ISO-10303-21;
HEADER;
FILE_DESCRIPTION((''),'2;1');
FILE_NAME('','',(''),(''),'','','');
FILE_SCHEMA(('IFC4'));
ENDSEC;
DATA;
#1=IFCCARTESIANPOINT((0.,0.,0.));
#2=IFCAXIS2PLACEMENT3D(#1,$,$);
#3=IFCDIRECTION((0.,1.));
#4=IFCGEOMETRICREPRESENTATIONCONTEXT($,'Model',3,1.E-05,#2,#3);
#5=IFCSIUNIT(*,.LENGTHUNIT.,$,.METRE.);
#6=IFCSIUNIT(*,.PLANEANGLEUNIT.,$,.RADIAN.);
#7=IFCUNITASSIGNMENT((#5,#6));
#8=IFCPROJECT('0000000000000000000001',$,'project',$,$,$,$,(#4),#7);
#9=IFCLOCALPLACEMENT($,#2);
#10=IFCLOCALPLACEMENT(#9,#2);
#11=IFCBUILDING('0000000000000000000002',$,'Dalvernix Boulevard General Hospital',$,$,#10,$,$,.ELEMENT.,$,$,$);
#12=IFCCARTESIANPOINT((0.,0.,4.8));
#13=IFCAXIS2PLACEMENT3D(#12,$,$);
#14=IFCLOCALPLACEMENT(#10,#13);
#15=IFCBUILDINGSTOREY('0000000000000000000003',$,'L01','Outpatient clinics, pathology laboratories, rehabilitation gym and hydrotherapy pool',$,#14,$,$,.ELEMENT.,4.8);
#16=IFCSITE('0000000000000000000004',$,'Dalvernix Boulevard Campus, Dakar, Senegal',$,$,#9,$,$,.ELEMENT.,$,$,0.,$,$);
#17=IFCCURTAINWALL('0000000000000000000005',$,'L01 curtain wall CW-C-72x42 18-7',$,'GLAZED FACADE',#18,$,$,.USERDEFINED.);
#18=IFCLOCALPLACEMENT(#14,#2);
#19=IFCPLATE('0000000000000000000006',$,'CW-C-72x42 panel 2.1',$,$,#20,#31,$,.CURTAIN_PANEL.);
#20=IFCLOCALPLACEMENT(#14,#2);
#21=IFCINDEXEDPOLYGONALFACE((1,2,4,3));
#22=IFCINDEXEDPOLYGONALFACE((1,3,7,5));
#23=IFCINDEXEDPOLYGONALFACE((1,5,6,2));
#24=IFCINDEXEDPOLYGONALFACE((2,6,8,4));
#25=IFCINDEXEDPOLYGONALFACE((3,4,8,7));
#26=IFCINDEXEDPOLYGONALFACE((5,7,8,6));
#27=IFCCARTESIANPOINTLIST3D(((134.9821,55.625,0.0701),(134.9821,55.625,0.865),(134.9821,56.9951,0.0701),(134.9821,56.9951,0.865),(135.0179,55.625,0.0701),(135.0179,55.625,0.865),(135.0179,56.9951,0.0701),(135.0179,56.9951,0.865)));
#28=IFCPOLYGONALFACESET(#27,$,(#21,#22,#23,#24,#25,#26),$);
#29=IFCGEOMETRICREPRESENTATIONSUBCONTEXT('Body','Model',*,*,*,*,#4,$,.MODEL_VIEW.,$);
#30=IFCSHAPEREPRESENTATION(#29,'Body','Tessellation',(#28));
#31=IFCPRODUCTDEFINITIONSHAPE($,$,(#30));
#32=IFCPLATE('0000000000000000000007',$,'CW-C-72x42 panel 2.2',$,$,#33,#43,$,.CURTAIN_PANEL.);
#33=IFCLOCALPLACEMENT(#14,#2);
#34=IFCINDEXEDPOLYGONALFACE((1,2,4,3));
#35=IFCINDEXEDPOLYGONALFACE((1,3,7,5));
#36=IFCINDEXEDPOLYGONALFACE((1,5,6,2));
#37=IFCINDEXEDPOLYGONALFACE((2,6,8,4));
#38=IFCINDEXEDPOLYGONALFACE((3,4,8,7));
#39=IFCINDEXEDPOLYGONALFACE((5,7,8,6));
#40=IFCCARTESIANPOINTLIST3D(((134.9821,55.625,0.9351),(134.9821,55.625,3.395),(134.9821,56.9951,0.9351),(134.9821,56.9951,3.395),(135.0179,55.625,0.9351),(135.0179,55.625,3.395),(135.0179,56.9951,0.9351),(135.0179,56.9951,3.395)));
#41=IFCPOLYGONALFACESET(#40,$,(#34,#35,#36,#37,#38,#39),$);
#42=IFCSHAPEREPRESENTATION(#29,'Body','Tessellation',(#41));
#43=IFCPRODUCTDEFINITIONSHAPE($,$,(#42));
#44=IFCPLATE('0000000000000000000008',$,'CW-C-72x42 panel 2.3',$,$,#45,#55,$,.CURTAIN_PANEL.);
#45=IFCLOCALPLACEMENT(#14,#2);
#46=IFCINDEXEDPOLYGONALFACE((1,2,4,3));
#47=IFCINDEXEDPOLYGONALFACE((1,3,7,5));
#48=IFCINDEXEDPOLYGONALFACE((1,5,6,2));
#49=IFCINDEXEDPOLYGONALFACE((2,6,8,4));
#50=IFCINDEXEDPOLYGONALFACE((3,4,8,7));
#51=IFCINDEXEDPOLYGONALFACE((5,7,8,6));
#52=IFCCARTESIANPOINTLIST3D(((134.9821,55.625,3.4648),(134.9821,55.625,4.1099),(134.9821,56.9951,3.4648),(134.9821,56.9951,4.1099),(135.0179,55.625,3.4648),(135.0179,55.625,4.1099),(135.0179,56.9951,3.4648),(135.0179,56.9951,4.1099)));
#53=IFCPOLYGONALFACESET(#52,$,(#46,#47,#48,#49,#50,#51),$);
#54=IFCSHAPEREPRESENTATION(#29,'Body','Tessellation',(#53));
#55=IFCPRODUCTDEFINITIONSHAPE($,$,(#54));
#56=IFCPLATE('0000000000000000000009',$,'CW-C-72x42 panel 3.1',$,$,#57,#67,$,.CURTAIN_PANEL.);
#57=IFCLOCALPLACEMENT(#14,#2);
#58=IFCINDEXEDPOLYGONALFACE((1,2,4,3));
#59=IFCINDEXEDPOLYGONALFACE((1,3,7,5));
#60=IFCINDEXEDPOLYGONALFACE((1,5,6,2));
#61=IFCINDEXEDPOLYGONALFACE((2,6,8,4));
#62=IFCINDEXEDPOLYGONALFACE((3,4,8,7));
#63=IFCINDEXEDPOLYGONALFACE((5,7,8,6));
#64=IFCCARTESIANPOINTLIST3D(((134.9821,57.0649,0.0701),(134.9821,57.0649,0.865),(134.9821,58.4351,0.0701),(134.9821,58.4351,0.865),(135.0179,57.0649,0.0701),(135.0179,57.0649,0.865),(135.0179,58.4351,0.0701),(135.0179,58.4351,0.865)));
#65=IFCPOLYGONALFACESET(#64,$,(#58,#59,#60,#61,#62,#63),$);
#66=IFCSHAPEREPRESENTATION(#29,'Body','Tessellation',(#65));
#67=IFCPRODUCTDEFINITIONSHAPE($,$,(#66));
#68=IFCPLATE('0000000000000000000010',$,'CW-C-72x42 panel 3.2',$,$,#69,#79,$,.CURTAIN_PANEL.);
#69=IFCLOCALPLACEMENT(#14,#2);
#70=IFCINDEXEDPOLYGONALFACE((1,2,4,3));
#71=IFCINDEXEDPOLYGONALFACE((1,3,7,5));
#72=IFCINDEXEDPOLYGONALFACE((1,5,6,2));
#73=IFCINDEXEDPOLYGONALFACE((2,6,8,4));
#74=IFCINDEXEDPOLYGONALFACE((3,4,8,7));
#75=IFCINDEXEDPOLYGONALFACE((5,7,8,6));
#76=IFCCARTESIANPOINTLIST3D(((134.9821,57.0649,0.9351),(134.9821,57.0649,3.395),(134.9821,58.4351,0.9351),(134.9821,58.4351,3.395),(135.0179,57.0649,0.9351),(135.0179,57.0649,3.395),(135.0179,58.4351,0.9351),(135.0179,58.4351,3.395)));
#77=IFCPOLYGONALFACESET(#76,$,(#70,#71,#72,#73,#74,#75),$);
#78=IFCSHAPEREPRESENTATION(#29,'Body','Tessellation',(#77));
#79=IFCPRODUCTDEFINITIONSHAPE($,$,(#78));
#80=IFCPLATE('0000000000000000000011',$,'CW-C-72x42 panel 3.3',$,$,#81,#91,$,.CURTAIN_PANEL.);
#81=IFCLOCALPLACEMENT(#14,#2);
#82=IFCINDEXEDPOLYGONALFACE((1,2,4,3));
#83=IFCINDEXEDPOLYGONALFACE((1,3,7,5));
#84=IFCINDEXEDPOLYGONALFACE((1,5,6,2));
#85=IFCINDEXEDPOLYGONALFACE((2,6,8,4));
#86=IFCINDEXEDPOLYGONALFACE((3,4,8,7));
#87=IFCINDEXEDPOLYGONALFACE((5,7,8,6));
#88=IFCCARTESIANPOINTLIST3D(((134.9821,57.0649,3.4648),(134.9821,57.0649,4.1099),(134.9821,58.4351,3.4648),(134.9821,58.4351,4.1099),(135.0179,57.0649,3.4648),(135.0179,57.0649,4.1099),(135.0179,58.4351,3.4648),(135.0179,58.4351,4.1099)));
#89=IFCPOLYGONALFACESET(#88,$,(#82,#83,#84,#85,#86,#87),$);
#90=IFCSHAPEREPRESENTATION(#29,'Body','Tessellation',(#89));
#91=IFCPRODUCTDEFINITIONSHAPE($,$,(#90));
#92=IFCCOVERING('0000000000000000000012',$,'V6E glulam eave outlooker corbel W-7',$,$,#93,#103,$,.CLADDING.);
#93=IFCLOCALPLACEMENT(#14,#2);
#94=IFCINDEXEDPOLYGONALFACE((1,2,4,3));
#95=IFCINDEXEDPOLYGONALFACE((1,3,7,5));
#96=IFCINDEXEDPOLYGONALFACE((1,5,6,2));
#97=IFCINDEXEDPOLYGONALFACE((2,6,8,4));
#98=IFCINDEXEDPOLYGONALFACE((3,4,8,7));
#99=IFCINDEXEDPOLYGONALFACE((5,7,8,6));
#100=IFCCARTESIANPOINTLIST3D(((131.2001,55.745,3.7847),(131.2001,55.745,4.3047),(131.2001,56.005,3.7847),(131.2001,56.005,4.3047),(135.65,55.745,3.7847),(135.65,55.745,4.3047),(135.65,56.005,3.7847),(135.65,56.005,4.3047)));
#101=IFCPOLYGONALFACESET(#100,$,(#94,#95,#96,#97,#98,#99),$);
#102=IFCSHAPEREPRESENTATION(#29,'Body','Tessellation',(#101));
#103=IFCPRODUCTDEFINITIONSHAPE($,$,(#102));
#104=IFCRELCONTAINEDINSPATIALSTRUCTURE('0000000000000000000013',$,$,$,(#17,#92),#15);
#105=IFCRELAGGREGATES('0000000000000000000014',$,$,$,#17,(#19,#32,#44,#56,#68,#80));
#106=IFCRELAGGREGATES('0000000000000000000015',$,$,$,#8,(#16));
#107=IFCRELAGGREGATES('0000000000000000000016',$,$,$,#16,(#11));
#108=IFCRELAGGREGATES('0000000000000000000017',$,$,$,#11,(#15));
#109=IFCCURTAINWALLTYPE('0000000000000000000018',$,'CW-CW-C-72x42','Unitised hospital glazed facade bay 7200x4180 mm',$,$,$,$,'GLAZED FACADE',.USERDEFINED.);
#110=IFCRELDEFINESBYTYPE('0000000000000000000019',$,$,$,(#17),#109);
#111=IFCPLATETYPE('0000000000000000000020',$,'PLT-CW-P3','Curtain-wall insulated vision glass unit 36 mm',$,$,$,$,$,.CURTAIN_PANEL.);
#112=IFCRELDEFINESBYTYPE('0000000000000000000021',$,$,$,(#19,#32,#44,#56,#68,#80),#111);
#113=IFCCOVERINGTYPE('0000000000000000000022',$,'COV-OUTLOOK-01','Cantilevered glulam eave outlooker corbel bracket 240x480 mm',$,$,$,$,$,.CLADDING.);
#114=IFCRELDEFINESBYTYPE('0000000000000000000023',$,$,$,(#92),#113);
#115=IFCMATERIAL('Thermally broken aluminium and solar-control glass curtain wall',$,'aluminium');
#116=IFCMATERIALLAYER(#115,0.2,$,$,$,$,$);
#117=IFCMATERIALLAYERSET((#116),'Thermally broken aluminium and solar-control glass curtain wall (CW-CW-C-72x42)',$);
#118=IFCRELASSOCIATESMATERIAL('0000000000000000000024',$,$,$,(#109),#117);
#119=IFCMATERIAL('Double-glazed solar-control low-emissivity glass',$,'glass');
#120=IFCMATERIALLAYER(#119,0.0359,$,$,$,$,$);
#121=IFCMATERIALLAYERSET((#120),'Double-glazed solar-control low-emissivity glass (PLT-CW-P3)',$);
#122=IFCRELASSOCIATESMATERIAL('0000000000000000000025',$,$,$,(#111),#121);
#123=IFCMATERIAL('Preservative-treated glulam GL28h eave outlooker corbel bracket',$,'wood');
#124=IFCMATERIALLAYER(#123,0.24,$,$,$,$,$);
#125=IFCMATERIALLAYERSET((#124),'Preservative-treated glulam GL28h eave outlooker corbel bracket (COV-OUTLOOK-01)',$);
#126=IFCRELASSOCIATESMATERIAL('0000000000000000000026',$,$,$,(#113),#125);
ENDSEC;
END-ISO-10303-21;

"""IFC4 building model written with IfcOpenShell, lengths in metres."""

from ifc_helpers import new_model, si_unit, direction, frame, origin, origin_2d, place, context, subcontext, project, spatial, rectangle, extrude, material, layer, layer_set, type_object, element, aggregate, save


model = new_model("IFC4")

# Units and contexts
model_context = context("Model", 3, precision=1e-05, world=origin(), true_north=direction((0.0, 1.0)))
body_context = subcontext(model_context, "Body", "Model", "MODEL_VIEW")
ifc_project = project(units=[si_unit("LENGTHUNIT", "METRE"), si_unit("PLANEANGLEUNIT", "RADIAN")], contexts=[model_context])

# Site, building, storey
site_placement = place(None, origin())
site = spatial("IfcSite", under=ifc_project, at=site_placement, Name="Dalvernix Boulevard Campus, Dakar, Senegal", CompositionType="ELEMENT", RefElevation=0.0)
building_placement = place(site_placement, origin())
building = spatial("IfcBuilding", under=site, at=building_placement, Name="Dalvernix Boulevard General Hospital", CompositionType="ELEMENT")
storey_placement = place(building_placement, frame((0.0, 0.0, 4.8)))
storey = spatial("IfcBuildingStorey", under=building, at=storey_placement, Name="L01", Description="Outpatient clinics, pathology laboratories, rehabilitation gym and hydrotherapy pool", CompositionType="ELEMENT", Elevation=4.8)

# Curtain wall, plates
ifc_material_1 = material(Name="Thermally broken aluminium and solar-control glass curtain wall", Category="aluminium")
ifc_layer_1 = layer(ifc_material_1, 0.2)
ifc_layer_set_1 = layer_set([ifc_layer_1], Name="Thermally broken aluminium and solar-control glass curtain wall (CW-CW-C-72x42)")
curtain_wall_type = type_object("IfcCurtainWallType", Name="CW-CW-C-72x42", Description="Unitised hospital glazed facade bay 7200x4180 mm", ElementType="GLAZED FACADE", PredefinedType="USERDEFINED", material=ifc_layer_set_1)
curtain_wall_placement = place(storey_placement, origin())
curtain_wall = element("IfcCurtainWall", 1, at=curtain_wall_placement, inside=storey, type_object=curtain_wall_type, Name="L01 curtain wall CW-C-72x42 18-7", ObjectType="GLAZED FACADE", PredefinedType="USERDEFINED")
ifc_material_2 = material(Name="Double-glazed solar-control low-emissivity glass", Category="glass")
ifc_layer_2 = layer(ifc_material_2, 0.0359)
ifc_layer_set_2 = layer_set([ifc_layer_2], Name="Double-glazed solar-control low-emissivity glass (PLT-CW-P3)")
plate_type = type_object("IfcPlateType", Name="PLT-CW-P3", Description="Curtain-wall insulated vision glass unit 36 mm", PredefinedType="CURTAIN_PANEL", material=ifc_layer_set_2)
plate_1_placement = place(storey_placement, frame((135.0, 56.3101, 0.0701), z_axis=(0.0, 0.0, 1.0), x_axis=(0.0, 1.0, 0.0)))
plate_1 = element("IfcPlate", 2, at=plate_1_placement, type_object=plate_type, Name="CW-C-72x42 panel 2.1", PredefinedType="CURTAIN_PANEL", context=body_context, shape_type="SweptSolid", body=[
    extrude(rectangle(XDim=1.3701, YDim=0.0359, at=origin_2d()), origin(), (0.0, 0.0, 1.0), 0.7949),
])
plate_2_placement = place(storey_placement, frame((135.0, 56.3101, 0.9351), z_axis=(0.0, 0.0, 1.0), x_axis=(0.0, 1.0, 0.0)))
plate_2 = element("IfcPlate", 3, at=plate_2_placement, type_object=plate_type, Name="CW-C-72x42 panel 2.2", PredefinedType="CURTAIN_PANEL", context=body_context, shape_type="SweptSolid", body=[
    extrude(rectangle(XDim=1.3701, YDim=0.0359, at=origin_2d()), origin(), (0.0, 0.0, 1.0), 2.46),
])
plate_3_placement = place(storey_placement, frame((135.0, 56.3101, 3.4648), z_axis=(0.0, 0.0, 1.0), x_axis=(0.0, 1.0, 0.0)))
plate_3 = element("IfcPlate", 4, at=plate_3_placement, type_object=plate_type, Name="CW-C-72x42 panel 2.3", PredefinedType="CURTAIN_PANEL", context=body_context, shape_type="SweptSolid", body=[
    extrude(rectangle(XDim=1.3701, YDim=0.0359, at=origin_2d()), origin(), (0.0, 0.0, 1.0), 0.645),
])
plate_4_placement = place(storey_placement, frame((135.0, 57.75, 0.0701), z_axis=(0.0, 0.0, 1.0), x_axis=(0.0, 1.0, 0.0)))
plate_4 = element("IfcPlate", 5, at=plate_4_placement, type_object=plate_type, Name="CW-C-72x42 panel 3.1", PredefinedType="CURTAIN_PANEL", context=body_context, shape_type="SweptSolid", body=[
    extrude(rectangle(XDim=1.3701, YDim=0.0359, at=origin_2d()), origin(), (0.0, 0.0, 1.0), 0.7949),
])
plate_5_placement = place(storey_placement, frame((135.0, 57.75, 0.9351), z_axis=(0.0, 0.0, 1.0), x_axis=(0.0, 1.0, 0.0)))
plate_5 = element("IfcPlate", 6, at=plate_5_placement, type_object=plate_type, Name="CW-C-72x42 panel 3.2", PredefinedType="CURTAIN_PANEL", context=body_context, shape_type="SweptSolid", body=[
    extrude(rectangle(XDim=1.3701, YDim=0.0359, at=origin_2d()), origin(), (0.0, 0.0, 1.0), 2.46),
])
plate_6_placement = place(storey_placement, frame((135.0, 57.75, 3.4648), z_axis=(0.0, 0.0, 1.0), x_axis=(0.0, 1.0, 0.0)))
plate_6 = element("IfcPlate", 7, at=plate_6_placement, type_object=plate_type, Name="CW-C-72x42 panel 3.3", PredefinedType="CURTAIN_PANEL", context=body_context, shape_type="SweptSolid", body=[
    extrude(rectangle(XDim=1.3701, YDim=0.0359, at=origin_2d()), origin(), (0.0, 0.0, 1.0), 0.645),
])
aggregate(curtain_wall, [plate_1, plate_2, plate_3, plate_4, plate_5, plate_6])

# Covering
ifc_material_3 = material(Name="Preservative-treated glulam GL28h eave outlooker corbel bracket", Category="wood")
ifc_layer_3 = layer(ifc_material_3, 0.24)
ifc_layer_set_3 = layer_set([ifc_layer_3], Name="Preservative-treated glulam GL28h eave outlooker corbel bracket (COV-OUTLOOK-01)")
covering_type = type_object("IfcCoveringType", Name="COV-OUTLOOK-01", Description="Cantilevered glulam eave outlooker corbel bracket 240x480 mm", PredefinedType="CLADDING", material=ifc_layer_set_3)
covering_placement = place(storey_placement, frame((133.425, 55.875, 3.7847), z_axis=(0.0, 0.0, 1.0), x_axis=(1.0, 0.0, 0.0)))
element("IfcCovering", 8, at=covering_placement, inside=storey, type_object=covering_type, Name="V6E glulam eave outlooker corbel W-7", PredefinedType="CLADDING", context=body_context, shape_type="SweptSolid", body=[
    extrude(rectangle(XDim=4.45, YDim=0.26, at=origin_2d()), origin(), (0.0, 0.0, 1.0), 0.52),
])

save(model, "model.ifc")
